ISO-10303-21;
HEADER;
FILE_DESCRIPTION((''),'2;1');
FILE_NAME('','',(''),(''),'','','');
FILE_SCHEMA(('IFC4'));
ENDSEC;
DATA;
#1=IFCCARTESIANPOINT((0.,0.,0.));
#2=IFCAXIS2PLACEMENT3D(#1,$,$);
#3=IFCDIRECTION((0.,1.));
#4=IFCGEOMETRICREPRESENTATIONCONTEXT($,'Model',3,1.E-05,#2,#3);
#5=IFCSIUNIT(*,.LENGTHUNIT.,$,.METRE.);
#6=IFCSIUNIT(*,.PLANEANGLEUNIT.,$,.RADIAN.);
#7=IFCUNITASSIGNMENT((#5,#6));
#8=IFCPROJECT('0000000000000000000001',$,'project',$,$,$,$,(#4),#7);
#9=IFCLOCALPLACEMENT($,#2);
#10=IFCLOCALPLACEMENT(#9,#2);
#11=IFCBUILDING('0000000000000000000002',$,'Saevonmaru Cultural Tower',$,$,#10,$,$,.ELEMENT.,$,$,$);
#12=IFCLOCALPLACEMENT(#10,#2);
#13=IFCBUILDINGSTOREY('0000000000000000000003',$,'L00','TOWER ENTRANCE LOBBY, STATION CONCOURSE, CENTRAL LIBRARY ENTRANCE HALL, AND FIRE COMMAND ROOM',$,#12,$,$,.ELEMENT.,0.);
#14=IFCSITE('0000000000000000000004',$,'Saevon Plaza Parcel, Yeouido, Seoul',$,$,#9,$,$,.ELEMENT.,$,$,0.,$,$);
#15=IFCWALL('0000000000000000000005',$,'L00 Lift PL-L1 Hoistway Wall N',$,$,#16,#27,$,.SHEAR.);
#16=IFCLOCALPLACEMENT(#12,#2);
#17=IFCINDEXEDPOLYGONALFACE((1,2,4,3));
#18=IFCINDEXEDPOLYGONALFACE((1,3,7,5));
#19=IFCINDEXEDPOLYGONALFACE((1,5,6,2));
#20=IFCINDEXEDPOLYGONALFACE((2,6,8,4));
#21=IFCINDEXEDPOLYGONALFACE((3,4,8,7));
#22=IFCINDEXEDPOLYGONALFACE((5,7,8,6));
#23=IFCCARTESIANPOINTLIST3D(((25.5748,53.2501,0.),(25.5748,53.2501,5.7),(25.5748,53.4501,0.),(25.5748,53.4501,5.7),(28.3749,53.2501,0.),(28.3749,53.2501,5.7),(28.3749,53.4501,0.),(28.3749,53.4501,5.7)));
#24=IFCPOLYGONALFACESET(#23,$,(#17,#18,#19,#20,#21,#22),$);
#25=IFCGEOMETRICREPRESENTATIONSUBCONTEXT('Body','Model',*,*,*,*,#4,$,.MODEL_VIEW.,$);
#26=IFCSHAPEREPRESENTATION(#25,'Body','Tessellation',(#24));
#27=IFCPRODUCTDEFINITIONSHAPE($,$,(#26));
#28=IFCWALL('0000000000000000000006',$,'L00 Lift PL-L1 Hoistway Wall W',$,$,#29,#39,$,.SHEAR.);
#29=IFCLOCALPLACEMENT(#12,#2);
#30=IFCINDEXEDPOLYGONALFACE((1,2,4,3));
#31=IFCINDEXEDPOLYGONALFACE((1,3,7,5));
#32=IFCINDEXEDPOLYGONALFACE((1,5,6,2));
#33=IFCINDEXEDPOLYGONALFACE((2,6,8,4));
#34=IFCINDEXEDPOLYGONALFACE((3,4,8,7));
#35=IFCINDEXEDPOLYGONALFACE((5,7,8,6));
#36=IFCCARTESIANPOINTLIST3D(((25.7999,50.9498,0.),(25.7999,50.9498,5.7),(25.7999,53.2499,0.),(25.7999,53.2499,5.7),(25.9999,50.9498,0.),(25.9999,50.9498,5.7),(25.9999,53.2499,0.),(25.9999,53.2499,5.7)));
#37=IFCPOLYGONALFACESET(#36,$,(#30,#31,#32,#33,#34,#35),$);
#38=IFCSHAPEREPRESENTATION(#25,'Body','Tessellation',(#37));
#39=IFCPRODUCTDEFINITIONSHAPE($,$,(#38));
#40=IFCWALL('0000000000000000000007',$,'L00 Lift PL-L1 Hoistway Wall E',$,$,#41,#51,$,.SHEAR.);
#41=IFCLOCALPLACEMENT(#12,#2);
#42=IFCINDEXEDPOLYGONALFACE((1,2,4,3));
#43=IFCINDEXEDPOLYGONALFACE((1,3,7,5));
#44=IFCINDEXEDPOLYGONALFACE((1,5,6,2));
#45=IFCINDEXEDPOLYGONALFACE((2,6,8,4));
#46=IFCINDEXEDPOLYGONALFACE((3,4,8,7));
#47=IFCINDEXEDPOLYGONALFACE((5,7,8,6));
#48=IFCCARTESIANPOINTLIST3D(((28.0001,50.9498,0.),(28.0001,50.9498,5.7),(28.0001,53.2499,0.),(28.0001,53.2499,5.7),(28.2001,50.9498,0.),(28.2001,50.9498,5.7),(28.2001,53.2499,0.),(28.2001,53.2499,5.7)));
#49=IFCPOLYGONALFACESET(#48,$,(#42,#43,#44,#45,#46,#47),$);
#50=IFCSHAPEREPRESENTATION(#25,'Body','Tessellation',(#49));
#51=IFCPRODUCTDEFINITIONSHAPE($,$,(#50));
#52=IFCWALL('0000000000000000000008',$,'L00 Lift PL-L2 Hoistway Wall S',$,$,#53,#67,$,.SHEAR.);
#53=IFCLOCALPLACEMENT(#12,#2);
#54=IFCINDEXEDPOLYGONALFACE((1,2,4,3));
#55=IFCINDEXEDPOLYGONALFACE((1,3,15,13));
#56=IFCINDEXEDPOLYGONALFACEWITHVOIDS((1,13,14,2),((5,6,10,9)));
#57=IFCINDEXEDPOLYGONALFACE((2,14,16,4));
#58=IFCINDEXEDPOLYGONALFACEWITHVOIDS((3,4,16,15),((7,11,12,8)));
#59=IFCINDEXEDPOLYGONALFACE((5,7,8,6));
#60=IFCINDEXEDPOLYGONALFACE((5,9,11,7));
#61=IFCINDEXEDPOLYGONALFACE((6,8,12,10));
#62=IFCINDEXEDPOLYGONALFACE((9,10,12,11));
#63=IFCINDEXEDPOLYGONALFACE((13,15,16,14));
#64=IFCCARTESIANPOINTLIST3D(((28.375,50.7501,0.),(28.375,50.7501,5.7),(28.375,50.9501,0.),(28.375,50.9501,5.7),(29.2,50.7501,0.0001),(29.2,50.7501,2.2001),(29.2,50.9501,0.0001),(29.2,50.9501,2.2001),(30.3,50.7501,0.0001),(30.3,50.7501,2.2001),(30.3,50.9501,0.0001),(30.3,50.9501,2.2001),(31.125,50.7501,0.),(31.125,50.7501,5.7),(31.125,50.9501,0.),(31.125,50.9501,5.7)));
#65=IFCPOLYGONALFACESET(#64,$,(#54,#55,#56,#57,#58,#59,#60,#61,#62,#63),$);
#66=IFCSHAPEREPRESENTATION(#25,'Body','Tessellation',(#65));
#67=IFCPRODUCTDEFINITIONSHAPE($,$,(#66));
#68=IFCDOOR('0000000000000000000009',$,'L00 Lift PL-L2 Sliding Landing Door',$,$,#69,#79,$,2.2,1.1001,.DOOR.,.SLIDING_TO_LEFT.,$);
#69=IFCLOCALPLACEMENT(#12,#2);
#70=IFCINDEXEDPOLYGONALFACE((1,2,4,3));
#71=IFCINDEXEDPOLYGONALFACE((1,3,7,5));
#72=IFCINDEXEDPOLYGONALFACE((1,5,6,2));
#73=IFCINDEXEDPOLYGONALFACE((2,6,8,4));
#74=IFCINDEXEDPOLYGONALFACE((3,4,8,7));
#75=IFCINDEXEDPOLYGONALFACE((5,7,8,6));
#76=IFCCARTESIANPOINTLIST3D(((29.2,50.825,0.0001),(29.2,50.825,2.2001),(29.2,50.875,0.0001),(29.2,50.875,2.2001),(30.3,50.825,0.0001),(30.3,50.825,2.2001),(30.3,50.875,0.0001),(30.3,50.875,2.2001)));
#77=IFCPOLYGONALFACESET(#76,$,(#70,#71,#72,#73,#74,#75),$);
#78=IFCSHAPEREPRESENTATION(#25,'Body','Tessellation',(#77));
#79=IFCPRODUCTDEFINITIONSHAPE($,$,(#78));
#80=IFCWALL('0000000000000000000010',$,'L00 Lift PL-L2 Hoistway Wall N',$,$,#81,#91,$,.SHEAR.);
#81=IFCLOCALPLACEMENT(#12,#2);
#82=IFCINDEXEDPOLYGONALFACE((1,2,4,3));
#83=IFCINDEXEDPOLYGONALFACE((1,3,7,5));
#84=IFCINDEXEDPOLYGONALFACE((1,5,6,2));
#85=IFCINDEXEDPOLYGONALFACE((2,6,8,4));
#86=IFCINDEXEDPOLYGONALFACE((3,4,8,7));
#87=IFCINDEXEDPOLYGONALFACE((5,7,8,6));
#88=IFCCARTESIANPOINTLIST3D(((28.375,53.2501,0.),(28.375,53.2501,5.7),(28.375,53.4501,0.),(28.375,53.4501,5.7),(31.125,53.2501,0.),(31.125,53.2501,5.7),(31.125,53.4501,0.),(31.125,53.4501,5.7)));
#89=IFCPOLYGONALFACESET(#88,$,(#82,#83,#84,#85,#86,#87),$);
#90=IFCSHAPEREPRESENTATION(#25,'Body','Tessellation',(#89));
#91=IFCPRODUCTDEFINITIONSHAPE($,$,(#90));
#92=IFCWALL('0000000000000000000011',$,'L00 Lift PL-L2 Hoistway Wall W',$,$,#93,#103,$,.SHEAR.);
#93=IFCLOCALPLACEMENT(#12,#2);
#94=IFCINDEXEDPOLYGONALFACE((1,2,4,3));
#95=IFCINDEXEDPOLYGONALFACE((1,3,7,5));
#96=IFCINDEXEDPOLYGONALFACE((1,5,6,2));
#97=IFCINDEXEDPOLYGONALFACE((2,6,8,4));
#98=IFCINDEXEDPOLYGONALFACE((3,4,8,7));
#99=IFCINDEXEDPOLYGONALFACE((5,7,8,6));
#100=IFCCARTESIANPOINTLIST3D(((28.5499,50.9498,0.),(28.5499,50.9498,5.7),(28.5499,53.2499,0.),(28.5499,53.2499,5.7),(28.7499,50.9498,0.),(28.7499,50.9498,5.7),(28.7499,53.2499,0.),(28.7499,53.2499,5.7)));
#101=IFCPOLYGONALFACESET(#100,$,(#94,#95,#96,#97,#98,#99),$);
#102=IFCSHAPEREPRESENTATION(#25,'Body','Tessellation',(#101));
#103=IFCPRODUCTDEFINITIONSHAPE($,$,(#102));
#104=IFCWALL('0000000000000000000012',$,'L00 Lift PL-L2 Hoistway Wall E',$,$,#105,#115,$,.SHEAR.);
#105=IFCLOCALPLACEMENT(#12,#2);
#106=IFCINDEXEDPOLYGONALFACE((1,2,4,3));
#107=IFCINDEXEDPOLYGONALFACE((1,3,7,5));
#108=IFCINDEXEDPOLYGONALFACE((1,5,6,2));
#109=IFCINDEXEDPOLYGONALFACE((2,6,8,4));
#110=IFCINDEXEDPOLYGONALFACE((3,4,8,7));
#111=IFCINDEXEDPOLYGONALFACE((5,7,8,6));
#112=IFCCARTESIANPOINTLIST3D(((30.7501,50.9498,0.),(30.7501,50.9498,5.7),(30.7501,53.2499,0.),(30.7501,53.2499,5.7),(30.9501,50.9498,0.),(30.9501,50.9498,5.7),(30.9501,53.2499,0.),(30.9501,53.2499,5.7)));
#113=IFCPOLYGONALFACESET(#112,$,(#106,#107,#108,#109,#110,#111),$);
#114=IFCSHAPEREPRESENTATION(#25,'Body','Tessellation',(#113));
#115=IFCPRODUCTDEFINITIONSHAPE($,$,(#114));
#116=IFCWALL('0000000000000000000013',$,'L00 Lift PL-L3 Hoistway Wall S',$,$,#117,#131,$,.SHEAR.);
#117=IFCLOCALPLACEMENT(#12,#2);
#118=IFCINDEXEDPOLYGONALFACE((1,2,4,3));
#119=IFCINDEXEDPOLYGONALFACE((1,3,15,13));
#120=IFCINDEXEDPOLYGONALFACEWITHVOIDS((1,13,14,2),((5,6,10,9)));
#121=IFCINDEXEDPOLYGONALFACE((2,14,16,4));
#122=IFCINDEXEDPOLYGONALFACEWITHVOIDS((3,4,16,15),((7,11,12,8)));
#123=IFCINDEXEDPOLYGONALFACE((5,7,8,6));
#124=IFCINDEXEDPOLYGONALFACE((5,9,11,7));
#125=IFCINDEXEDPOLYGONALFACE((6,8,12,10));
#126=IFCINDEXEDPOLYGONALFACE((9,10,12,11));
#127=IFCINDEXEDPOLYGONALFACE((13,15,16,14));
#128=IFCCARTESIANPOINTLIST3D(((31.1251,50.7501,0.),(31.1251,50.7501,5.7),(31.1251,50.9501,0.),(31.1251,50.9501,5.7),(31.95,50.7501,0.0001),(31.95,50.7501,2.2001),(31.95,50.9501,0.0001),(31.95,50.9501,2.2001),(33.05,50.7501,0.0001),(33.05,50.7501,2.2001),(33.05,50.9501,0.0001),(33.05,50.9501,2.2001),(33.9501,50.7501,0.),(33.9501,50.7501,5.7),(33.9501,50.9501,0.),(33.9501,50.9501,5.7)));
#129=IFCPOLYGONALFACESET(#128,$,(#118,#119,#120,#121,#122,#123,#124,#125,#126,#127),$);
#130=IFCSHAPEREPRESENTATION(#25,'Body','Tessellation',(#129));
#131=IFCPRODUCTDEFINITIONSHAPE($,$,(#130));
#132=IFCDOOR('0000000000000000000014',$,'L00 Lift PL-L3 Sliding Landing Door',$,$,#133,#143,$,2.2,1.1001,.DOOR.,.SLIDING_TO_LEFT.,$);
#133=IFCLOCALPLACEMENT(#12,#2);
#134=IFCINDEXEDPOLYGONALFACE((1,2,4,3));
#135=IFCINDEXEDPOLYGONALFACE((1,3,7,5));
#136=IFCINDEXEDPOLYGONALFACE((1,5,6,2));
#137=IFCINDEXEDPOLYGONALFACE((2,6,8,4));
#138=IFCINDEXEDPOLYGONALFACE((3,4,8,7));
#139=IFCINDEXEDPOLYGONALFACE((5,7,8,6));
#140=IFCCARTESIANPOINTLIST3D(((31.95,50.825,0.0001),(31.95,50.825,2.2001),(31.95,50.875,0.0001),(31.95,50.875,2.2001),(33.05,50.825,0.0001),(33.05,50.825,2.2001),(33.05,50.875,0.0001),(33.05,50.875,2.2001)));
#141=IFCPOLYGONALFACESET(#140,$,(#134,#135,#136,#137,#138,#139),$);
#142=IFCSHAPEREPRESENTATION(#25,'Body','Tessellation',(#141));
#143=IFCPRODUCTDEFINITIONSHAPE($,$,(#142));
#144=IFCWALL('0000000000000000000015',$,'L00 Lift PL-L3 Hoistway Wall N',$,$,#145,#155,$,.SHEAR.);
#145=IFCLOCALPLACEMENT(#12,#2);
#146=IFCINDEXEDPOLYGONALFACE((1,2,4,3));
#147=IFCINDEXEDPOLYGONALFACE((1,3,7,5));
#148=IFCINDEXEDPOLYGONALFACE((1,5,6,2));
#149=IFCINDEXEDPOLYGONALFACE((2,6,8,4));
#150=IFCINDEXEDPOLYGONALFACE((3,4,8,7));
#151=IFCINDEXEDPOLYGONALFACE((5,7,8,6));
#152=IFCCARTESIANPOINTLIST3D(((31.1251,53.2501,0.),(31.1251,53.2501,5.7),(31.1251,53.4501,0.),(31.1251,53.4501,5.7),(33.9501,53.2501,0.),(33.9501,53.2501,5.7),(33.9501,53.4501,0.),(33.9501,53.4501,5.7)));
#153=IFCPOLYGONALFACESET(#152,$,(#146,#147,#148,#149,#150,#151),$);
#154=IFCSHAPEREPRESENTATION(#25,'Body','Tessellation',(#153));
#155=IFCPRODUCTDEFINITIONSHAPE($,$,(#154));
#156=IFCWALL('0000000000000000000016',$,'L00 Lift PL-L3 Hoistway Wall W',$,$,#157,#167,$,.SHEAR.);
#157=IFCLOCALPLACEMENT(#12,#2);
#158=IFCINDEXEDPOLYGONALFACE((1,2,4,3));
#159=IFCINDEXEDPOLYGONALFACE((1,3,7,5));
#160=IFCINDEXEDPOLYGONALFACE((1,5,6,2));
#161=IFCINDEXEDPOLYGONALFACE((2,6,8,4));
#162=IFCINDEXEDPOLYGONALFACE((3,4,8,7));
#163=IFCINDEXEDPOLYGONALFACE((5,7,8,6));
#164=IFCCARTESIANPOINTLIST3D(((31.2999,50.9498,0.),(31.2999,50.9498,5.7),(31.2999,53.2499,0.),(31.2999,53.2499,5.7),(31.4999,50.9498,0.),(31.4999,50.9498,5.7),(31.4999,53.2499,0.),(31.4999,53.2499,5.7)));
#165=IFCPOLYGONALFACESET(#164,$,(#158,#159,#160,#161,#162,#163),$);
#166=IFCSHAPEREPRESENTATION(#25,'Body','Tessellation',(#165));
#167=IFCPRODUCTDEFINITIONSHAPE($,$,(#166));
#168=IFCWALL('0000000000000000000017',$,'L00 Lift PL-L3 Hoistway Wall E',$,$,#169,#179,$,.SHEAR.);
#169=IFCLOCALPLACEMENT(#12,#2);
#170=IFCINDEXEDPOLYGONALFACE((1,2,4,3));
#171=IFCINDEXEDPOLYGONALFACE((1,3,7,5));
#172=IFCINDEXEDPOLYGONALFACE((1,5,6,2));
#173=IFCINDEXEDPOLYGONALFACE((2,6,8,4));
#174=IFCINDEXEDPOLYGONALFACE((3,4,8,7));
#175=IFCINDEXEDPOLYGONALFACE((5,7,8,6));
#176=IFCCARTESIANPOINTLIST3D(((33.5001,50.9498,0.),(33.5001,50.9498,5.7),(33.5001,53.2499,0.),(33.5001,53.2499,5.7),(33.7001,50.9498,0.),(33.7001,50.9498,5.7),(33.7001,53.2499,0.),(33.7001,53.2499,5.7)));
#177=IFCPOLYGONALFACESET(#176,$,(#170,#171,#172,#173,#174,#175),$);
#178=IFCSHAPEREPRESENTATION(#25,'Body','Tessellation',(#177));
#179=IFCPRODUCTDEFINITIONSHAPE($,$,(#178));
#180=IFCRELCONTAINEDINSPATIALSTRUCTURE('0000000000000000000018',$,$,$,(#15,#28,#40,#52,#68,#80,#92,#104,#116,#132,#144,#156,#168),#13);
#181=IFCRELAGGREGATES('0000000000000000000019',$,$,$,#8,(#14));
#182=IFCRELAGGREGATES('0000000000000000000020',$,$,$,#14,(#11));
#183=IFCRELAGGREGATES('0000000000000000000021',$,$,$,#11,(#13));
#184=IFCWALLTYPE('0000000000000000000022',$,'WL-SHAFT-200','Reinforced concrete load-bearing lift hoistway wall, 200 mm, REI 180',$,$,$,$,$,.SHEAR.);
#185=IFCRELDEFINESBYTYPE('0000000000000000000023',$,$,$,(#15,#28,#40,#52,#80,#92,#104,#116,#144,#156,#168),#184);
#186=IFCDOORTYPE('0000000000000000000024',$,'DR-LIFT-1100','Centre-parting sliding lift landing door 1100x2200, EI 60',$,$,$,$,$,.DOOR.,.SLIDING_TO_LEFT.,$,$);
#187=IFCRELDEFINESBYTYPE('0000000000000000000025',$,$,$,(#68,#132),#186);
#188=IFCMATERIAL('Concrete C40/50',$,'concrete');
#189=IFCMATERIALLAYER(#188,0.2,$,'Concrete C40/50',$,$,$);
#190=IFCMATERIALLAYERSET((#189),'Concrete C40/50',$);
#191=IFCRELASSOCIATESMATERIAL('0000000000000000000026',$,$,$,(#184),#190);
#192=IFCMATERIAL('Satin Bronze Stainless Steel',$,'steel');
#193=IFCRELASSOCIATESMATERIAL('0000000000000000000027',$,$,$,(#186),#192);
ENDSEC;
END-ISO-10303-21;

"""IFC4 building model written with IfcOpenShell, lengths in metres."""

from ifc_helpers import new_model, si_unit, direction, frame, frame_2d, origin, place, context, subcontext, project, spatial, rectangle, extrude, material, layer, layer_set, type_object, element, fill, save


model = new_model("IFC4")

# Units and contexts
model_context = context("Model", 3, precision=1e-05, world=origin(), true_north=direction((0.0, 1.0)))
body_context = subcontext(model_context, "Body", "Model", "MODEL_VIEW")
ifc_project = project(units=[si_unit("LENGTHUNIT", "METRE"), si_unit("PLANEANGLEUNIT", "RADIAN")], contexts=[model_context])

# Site, building, storey
site_placement = place(None, origin())
site = spatial("IfcSite", under=ifc_project, at=site_placement, Name="Saevon Plaza Parcel, Yeouido, Seoul", CompositionType="ELEMENT", RefElevation=0.0)
building_placement = place(site_placement, origin())
building = spatial("IfcBuilding", under=site, at=building_placement, Name="Saevonmaru Cultural Tower", CompositionType="ELEMENT")
storey_placement = place(building_placement, origin())
storey = spatial("IfcBuildingStorey", under=building, at=storey_placement, Name="L00", Description="TOWER ENTRANCE LOBBY, STATION CONCOURSE, CENTRAL LIBRARY ENTRANCE HALL, AND FIRE COMMAND ROOM", CompositionType="ELEMENT", Elevation=0.0)

# Shared definitions
ifc_material_1 = material(Name="Concrete C40/50", Category="concrete")
ifc_layer = layer(ifc_material_1, 0.2, Name="Concrete C40/50")
ifc_layer_set = layer_set([ifc_layer], Name="Concrete C40/50")
wall_type = type_object("IfcWallType", Name="WL-SHAFT-200", Description="Reinforced concrete load-bearing lift hoistway wall, 200 mm, REI 180", PredefinedType="SHEAR", material=ifc_layer_set)

# Shared definitions
ifc_material_2 = material(Name="Satin Bronze Stainless Steel", Category="steel")
door_type = type_object("IfcDoorType", Name="DR-LIFT-1100", Description="Centre-parting sliding lift landing door 1100x2200, EI 60", OperationType="SLIDING_TO_LEFT", PredefinedType="DOOR", material=ifc_material_2)

# Walls
wall_1_placement = place(storey_placement, frame((25.575, 53.3501, 0.0), z_axis=(0.0, 0.0, 1.0), x_axis=(1.0, 0.0, 0.0)))
element("IfcWall", 1, at=wall_1_placement, inside=storey, type_object=wall_type, Name="L00 Lift PL-L1 Hoistway Wall N", PredefinedType="SHEAR", context=body_context, shape_type="SweptSolid", body=[
    extrude(rectangle(XDim=2.8, YDim=0.2, at=frame_2d((1.3999, 0.0))), origin(), (0.0, 0.0, 1.0), 5.7),
])
for number, where, z_axis, x_axis, name in (
    (2, (25.8999, 50.95, 0.0), (0.0, 0.0, 1.0), (0.0, 1.0, 0.0), "L00 Lift PL-L1 Hoistway Wall W"),
    (3, (28.1001, 50.95, 0.0), (0.0, 0.0, 1.0), (0.0, 1.0, 0.0), "L00 Lift PL-L1 Hoistway Wall E"),
):
    element("IfcWall", number, at=place(storey_placement, frame(where, z_axis=z_axis, x_axis=x_axis)), inside=storey, type_object=wall_type, Name=name, PredefinedType="SHEAR", context=body_context, shape_type="SweptSolid", body=[
        extrude(rectangle(XDim=2.3, YDim=0.2, at=frame_2d((1.1499, 0.0))), origin(), (0.0, 0.0, 1.0), 5.7),
    ])

# Wall, opening, door
wall_2_placement = place(storey_placement, frame((28.375, 50.8501, 0.0), z_axis=(0.0, 0.0, 1.0), x_axis=(1.0, 0.0, 0.0)))
wall_2 = element("IfcWall", 4, at=wall_2_placement, inside=storey, type_object=wall_type, Name="L00 Lift PL-L2 Hoistway Wall S", PredefinedType="SHEAR", context=body_context, shape_type="SweptSolid", body=[
    extrude(rectangle(XDim=2.75, YDim=0.2, at=frame_2d((1.375, 0.0))), origin(), (0.0, 0.0, 1.0), 5.7),
])
opening_1_placement = place(wall_2_placement, frame((0.825, 0.0, 0.0)))
opening_1 = element("IfcOpeningElement", 5, at=opening_1_placement, cuts=wall_2, PredefinedType="OPENING", context=body_context, shape_type="SweptSolid", body=[
    extrude(rectangle(XDim=1.1001, YDim=2.2, at=frame_2d((0.55, 1.1001))), frame((0.0, 0.1099, 0.0), z_axis=(0.0, -1.0, 0.0), x_axis=(1.0, 0.0, 0.0)), (0.0, 0.0, 1.0), 0.22),
])
door_1_placement = place(opening_1_placement, origin())
door_1 = element("IfcDoor", 6, at=door_1_placement, inside=storey, type_object=door_type, Name="L00 Lift PL-L2 Sliding Landing Door", OperationType="SLIDING_TO_LEFT", OverallHeight=2.2, OverallWidth=1.1001, PredefinedType="DOOR", context=body_context, shape_type="SweptSolid", body=[
    extrude(rectangle(XDim=1.1001, YDim=2.2, at=frame_2d((0.55, 1.1001))), frame((0.0, 0.0249, 0.0), z_axis=(0.0, -1.0, 0.0), x_axis=(1.0, 0.0, 0.0)), (0.0, 0.0, 1.0), 0.05),
])
fill(opening_1, door_1)

# Walls
wall_3_placement = place(storey_placement, frame((28.375, 53.3501, 0.0), z_axis=(0.0, 0.0, 1.0), x_axis=(1.0, 0.0, 0.0)))
element("IfcWall", 7, at=wall_3_placement, inside=storey, type_object=wall_type, Name="L00 Lift PL-L2 Hoistway Wall N", PredefinedType="SHEAR", context=body_context, shape_type="SweptSolid", body=[
    extrude(rectangle(XDim=2.75, YDim=0.2, at=frame_2d((1.375, 0.0))), origin(), (0.0, 0.0, 1.0), 5.7),
])
for number, where, z_axis, x_axis, name in (
    (8, (28.6499, 50.95, 0.0), (0.0, 0.0, 1.0), (0.0, 1.0, 0.0), "L00 Lift PL-L2 Hoistway Wall W"),
    (9, (30.8501, 50.95, 0.0), (0.0, 0.0, 1.0), (0.0, 1.0, 0.0), "L00 Lift PL-L2 Hoistway Wall E"),
):
    element("IfcWall", number, at=place(storey_placement, frame(where, z_axis=z_axis, x_axis=x_axis)), inside=storey, type_object=wall_type, Name=name, PredefinedType="SHEAR", context=body_context, shape_type="SweptSolid", body=[
        extrude(rectangle(XDim=2.3, YDim=0.2, at=frame_2d((1.1499, 0.0))), origin(), (0.0, 0.0, 1.0), 5.7),
    ])

# Wall, opening, door
wall_4_placement = place(storey_placement, frame((31.125, 50.8501, 0.0), z_axis=(0.0, 0.0, 1.0), x_axis=(1.0, 0.0, 0.0)))
wall_4 = element("IfcWall", 10, at=wall_4_placement, inside=storey, type_object=wall_type, Name="L00 Lift PL-L3 Hoistway Wall S", PredefinedType="SHEAR", context=body_context, shape_type="SweptSolid", body=[
    extrude(rectangle(XDim=2.825, YDim=0.2, at=frame_2d((1.4126, 0.0))), origin(), (0.0, 0.0, 1.0), 5.7),
])
opening_2_placement = place(wall_4_placement, frame((0.825, 0.0, 0.0)))
opening_2 = element("IfcOpeningElement", 11, at=opening_2_placement, cuts=wall_4, PredefinedType="OPENING", context=body_context, shape_type="SweptSolid", body=[
    extrude(rectangle(XDim=1.1001, YDim=2.2, at=frame_2d((0.55, 1.1001))), frame((0.0, 0.1099, 0.0), z_axis=(0.0, -1.0, 0.0), x_axis=(1.0, 0.0, 0.0)), (0.0, 0.0, 1.0), 0.22),
])
door_2_placement = place(opening_2_placement, origin())
door_2 = element("IfcDoor", 12, at=door_2_placement, inside=storey, type_object=door_type, Name="L00 Lift PL-L3 Sliding Landing Door", OperationType="SLIDING_TO_LEFT", OverallHeight=2.2, OverallWidth=1.1001, PredefinedType="DOOR", context=body_context, shape_type="SweptSolid", body=[
    extrude(rectangle(XDim=1.1001, YDim=2.2, at=frame_2d((0.55, 1.1001))), frame((0.0, 0.0249, 0.0), z_axis=(0.0, -1.0, 0.0), x_axis=(1.0, 0.0, 0.0)), (0.0, 0.0, 1.0), 0.05),
])
fill(opening_2, door_2)

# Walls
wall_5_placement = place(storey_placement, frame((31.125, 53.3501, 0.0), z_axis=(0.0, 0.0, 1.0), x_axis=(1.0, 0.0, 0.0)))
element("IfcWall", 13, at=wall_5_placement, inside=storey, type_object=wall_type, Name="L00 Lift PL-L3 Hoistway Wall N", PredefinedType="SHEAR", context=body_context, shape_type="SweptSolid", body=[
    extrude(rectangle(XDim=2.825, YDim=0.2, at=frame_2d((1.4126, 0.0))), origin(), (0.0, 0.0, 1.0), 5.7),
])
for number, where, z_axis, x_axis, name in (
    (14, (31.3999, 50.95, 0.0), (0.0, 0.0, 1.0), (0.0, 1.0, 0.0), "L00 Lift PL-L3 Hoistway Wall W"),
    (15, (33.6001, 50.95, 0.0), (0.0, 0.0, 1.0), (0.0, 1.0, 0.0), "L00 Lift PL-L3 Hoistway Wall E"),
):
    element("IfcWall", number, at=place(storey_placement, frame(where, z_axis=z_axis, x_axis=x_axis)), inside=storey, type_object=wall_type, Name=name, PredefinedType="SHEAR", context=body_context, shape_type="SweptSolid", body=[
        extrude(rectangle(XDim=2.3, YDim=0.2, at=frame_2d((1.1499, 0.0))), origin(), (0.0, 0.0, 1.0), 5.7),
    ])

save(model, "model.ifc")
